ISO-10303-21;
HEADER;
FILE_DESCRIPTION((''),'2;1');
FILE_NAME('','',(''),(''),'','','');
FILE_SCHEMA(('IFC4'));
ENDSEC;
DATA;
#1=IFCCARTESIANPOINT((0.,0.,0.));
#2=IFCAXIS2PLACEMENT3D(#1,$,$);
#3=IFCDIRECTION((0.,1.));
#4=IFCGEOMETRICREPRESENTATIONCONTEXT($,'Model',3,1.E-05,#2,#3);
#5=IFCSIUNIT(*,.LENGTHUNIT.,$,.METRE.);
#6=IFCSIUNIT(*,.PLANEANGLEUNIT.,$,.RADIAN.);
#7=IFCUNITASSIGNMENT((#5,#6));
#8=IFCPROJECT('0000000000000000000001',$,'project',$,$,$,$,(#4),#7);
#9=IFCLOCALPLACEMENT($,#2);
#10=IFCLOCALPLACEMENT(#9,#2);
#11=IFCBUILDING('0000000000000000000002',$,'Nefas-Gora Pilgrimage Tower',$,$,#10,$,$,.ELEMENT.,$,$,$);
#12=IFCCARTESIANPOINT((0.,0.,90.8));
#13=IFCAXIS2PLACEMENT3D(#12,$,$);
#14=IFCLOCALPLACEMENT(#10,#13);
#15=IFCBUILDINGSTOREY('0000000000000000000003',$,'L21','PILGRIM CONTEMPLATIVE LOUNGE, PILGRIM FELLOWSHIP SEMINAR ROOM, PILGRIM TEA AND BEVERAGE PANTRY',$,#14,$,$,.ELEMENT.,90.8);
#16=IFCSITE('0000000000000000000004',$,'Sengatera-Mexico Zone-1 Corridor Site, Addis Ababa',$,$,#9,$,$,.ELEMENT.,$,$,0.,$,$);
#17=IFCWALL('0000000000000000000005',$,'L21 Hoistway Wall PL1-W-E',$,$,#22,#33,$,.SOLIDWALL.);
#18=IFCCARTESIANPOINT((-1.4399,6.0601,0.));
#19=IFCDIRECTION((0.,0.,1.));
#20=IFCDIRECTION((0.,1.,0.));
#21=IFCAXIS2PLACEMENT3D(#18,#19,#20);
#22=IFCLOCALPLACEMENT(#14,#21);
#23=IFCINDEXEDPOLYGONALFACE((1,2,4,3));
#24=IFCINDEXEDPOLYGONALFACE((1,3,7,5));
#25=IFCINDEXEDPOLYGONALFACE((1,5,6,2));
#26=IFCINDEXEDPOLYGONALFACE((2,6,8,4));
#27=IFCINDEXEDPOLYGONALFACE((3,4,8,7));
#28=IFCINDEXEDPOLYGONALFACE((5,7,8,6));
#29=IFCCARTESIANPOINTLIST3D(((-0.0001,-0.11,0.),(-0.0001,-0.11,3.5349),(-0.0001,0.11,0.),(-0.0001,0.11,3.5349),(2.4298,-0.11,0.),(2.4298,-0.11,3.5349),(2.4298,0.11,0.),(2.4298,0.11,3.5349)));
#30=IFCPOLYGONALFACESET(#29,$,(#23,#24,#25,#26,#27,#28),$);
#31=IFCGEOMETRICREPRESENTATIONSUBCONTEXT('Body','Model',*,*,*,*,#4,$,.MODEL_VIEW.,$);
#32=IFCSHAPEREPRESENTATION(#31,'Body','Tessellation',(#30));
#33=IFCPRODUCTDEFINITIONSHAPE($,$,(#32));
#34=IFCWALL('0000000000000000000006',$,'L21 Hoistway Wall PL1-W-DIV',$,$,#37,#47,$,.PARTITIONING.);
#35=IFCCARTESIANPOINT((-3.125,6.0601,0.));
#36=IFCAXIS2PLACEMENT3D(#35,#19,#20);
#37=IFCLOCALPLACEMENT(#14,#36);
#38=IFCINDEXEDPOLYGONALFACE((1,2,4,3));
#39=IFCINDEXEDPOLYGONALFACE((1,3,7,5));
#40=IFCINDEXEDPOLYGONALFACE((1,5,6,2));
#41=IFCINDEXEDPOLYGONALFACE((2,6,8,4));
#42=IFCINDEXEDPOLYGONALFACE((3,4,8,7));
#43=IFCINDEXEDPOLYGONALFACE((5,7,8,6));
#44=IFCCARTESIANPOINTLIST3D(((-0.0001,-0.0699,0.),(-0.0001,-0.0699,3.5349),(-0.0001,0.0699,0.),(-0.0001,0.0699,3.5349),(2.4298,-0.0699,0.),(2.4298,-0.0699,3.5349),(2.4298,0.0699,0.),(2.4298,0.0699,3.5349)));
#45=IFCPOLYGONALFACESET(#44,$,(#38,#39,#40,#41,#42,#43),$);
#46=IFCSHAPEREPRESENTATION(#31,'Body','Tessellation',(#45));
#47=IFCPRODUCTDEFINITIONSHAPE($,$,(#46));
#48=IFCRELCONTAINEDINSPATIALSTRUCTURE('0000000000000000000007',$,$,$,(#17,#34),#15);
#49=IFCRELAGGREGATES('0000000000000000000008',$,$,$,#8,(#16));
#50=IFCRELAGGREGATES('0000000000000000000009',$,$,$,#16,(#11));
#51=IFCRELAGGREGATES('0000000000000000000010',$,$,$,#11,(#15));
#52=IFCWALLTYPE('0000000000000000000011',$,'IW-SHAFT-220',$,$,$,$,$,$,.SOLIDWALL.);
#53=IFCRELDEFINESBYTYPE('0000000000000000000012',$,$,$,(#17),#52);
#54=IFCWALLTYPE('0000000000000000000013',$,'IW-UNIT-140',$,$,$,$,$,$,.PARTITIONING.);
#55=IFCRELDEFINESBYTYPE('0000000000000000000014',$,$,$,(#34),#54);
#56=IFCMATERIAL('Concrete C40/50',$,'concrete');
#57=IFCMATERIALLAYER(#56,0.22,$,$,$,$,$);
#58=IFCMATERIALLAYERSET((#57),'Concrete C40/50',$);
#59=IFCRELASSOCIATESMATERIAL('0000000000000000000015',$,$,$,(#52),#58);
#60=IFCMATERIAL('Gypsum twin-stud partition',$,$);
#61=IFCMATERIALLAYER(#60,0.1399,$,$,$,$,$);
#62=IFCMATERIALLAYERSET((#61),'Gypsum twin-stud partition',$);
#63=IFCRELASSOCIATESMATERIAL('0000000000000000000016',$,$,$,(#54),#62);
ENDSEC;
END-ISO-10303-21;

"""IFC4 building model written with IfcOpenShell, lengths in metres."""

from ifc_helpers import new_model, si_unit, direction, frame, frame_2d, origin, place, context, subcontext, project, spatial, rectangle, extrude, source, transform, mapped, material, layer, layer_set, type_object, element, save


model = new_model("IFC4")

# Units and contexts
model_context = context("Model", 3, precision=1e-05, world=origin(), true_north=direction((0.0, 1.0)))
body_context = subcontext(model_context, "Body", "Model", "MODEL_VIEW")
ifc_project = project(units=[si_unit("LENGTHUNIT", "METRE"), si_unit("PLANEANGLEUNIT", "RADIAN")], contexts=[model_context])

# Site, building, storey
site_placement = place(None, origin())
site = spatial("IfcSite", under=ifc_project, at=site_placement, Name="Sengatera-Mexico Zone-1 Corridor Site, Addis Ababa", CompositionType="ELEMENT", RefElevation=0.0)
building_placement = place(site_placement, origin())
building = spatial("IfcBuilding", under=site, at=building_placement, Name="Nefas-Gora Pilgrimage Tower", CompositionType="ELEMENT")
storey_placement = place(building_placement, frame((0.0, 0.0, 90.8)))
storey = spatial("IfcBuildingStorey", under=building, at=storey_placement, Name="L21", Description="PILGRIM CONTEMPLATIVE LOUNGE, PILGRIM FELLOWSHIP SEMINAR ROOM, PILGRIM TEA AND BEVERAGE PANTRY", CompositionType="ELEMENT", Elevation=90.8)

# Shared definitions
ifc_material_1 = material(Name="Concrete C40/50", Category="concrete")

# Shared definitions
ifc_layer_1 = layer(ifc_material_1, 0.22)
ifc_layer_set_1 = layer_set([ifc_layer_1], Name="Concrete C40/50")
wall_type_1 = type_object("IfcWallType", Name="IW-SHAFT-220", PredefinedType="SOLIDWALL", material=ifc_layer_set_1)

# Walls
shared_shape_1 = source(origin(), body_context, "Body", "SweptSolid", [
    extrude(rectangle(XDim=2.4299, YDim=0.22, at=frame_2d((1.2148, 0.0))), origin(), (0.0, 0.0, 1.0), 3.5349),
])
for number, where, z_axis, x_axis, name in (
    (1, (-1.4399, 6.0601, 0.0), (0.0, 0.0, 1.0), (0.0, 1.0, 0.0), "L21 Hoistway Wall PL1-W-E"),
):
    element("IfcWall", number, at=place(storey_placement, frame(where, z_axis=z_axis, x_axis=x_axis)), inside=storey, type_object=wall_type_1, Name=name, PredefinedType="SOLIDWALL", context=body_context, shape_type="MappedRepresentation", body=[
        mapped(shared_shape_1, transform((0.0, 0.0, 0.0), x_axis=(1.0, 0.0, 0.0), y_axis=(0.0, 1.0, 0.0), z_axis=(0.0, 0.0, 1.0), scale=1.0)),
    ])
ifc_material_2 = material(Name="Gypsum twin-stud partition")
ifc_layer_2 = layer(ifc_material_2, 0.1399)
ifc_layer_set_2 = layer_set([ifc_layer_2], Name="Gypsum twin-stud partition")
wall_type_2 = type_object("IfcWallType", Name="IW-UNIT-140", PredefinedType="PARTITIONING", material=ifc_layer_set_2)
shared_shape_2 = source(origin(), body_context, "Body", "SweptSolid", [
    extrude(rectangle(XDim=2.4299, YDim=0.1399, at=frame_2d((1.2148, 0.0))), origin(), (0.0, 0.0, 1.0), 3.5349),
])
wall_1_placement = place(storey_placement, frame((-3.125, 6.0601, 0.0), z_axis=(0.0, 0.0, 1.0), x_axis=(0.0, 1.0, 0.0)))
element("IfcWall", 2, at=wall_1_placement, inside=storey, type_object=wall_type_2, Name="L21 Hoistway Wall PL1-W-DIV", PredefinedType="PARTITIONING", context=body_context, shape_type="MappedRepresentation", body=[
    mapped(shared_shape_2, transform((0.0, 0.0, 0.0), x_axis=(1.0, 0.0, 0.0), y_axis=(0.0, 1.0, 0.0), z_axis=(0.0, 0.0, 1.0), scale=1.0)),
])

save(model, "model.ifc")
